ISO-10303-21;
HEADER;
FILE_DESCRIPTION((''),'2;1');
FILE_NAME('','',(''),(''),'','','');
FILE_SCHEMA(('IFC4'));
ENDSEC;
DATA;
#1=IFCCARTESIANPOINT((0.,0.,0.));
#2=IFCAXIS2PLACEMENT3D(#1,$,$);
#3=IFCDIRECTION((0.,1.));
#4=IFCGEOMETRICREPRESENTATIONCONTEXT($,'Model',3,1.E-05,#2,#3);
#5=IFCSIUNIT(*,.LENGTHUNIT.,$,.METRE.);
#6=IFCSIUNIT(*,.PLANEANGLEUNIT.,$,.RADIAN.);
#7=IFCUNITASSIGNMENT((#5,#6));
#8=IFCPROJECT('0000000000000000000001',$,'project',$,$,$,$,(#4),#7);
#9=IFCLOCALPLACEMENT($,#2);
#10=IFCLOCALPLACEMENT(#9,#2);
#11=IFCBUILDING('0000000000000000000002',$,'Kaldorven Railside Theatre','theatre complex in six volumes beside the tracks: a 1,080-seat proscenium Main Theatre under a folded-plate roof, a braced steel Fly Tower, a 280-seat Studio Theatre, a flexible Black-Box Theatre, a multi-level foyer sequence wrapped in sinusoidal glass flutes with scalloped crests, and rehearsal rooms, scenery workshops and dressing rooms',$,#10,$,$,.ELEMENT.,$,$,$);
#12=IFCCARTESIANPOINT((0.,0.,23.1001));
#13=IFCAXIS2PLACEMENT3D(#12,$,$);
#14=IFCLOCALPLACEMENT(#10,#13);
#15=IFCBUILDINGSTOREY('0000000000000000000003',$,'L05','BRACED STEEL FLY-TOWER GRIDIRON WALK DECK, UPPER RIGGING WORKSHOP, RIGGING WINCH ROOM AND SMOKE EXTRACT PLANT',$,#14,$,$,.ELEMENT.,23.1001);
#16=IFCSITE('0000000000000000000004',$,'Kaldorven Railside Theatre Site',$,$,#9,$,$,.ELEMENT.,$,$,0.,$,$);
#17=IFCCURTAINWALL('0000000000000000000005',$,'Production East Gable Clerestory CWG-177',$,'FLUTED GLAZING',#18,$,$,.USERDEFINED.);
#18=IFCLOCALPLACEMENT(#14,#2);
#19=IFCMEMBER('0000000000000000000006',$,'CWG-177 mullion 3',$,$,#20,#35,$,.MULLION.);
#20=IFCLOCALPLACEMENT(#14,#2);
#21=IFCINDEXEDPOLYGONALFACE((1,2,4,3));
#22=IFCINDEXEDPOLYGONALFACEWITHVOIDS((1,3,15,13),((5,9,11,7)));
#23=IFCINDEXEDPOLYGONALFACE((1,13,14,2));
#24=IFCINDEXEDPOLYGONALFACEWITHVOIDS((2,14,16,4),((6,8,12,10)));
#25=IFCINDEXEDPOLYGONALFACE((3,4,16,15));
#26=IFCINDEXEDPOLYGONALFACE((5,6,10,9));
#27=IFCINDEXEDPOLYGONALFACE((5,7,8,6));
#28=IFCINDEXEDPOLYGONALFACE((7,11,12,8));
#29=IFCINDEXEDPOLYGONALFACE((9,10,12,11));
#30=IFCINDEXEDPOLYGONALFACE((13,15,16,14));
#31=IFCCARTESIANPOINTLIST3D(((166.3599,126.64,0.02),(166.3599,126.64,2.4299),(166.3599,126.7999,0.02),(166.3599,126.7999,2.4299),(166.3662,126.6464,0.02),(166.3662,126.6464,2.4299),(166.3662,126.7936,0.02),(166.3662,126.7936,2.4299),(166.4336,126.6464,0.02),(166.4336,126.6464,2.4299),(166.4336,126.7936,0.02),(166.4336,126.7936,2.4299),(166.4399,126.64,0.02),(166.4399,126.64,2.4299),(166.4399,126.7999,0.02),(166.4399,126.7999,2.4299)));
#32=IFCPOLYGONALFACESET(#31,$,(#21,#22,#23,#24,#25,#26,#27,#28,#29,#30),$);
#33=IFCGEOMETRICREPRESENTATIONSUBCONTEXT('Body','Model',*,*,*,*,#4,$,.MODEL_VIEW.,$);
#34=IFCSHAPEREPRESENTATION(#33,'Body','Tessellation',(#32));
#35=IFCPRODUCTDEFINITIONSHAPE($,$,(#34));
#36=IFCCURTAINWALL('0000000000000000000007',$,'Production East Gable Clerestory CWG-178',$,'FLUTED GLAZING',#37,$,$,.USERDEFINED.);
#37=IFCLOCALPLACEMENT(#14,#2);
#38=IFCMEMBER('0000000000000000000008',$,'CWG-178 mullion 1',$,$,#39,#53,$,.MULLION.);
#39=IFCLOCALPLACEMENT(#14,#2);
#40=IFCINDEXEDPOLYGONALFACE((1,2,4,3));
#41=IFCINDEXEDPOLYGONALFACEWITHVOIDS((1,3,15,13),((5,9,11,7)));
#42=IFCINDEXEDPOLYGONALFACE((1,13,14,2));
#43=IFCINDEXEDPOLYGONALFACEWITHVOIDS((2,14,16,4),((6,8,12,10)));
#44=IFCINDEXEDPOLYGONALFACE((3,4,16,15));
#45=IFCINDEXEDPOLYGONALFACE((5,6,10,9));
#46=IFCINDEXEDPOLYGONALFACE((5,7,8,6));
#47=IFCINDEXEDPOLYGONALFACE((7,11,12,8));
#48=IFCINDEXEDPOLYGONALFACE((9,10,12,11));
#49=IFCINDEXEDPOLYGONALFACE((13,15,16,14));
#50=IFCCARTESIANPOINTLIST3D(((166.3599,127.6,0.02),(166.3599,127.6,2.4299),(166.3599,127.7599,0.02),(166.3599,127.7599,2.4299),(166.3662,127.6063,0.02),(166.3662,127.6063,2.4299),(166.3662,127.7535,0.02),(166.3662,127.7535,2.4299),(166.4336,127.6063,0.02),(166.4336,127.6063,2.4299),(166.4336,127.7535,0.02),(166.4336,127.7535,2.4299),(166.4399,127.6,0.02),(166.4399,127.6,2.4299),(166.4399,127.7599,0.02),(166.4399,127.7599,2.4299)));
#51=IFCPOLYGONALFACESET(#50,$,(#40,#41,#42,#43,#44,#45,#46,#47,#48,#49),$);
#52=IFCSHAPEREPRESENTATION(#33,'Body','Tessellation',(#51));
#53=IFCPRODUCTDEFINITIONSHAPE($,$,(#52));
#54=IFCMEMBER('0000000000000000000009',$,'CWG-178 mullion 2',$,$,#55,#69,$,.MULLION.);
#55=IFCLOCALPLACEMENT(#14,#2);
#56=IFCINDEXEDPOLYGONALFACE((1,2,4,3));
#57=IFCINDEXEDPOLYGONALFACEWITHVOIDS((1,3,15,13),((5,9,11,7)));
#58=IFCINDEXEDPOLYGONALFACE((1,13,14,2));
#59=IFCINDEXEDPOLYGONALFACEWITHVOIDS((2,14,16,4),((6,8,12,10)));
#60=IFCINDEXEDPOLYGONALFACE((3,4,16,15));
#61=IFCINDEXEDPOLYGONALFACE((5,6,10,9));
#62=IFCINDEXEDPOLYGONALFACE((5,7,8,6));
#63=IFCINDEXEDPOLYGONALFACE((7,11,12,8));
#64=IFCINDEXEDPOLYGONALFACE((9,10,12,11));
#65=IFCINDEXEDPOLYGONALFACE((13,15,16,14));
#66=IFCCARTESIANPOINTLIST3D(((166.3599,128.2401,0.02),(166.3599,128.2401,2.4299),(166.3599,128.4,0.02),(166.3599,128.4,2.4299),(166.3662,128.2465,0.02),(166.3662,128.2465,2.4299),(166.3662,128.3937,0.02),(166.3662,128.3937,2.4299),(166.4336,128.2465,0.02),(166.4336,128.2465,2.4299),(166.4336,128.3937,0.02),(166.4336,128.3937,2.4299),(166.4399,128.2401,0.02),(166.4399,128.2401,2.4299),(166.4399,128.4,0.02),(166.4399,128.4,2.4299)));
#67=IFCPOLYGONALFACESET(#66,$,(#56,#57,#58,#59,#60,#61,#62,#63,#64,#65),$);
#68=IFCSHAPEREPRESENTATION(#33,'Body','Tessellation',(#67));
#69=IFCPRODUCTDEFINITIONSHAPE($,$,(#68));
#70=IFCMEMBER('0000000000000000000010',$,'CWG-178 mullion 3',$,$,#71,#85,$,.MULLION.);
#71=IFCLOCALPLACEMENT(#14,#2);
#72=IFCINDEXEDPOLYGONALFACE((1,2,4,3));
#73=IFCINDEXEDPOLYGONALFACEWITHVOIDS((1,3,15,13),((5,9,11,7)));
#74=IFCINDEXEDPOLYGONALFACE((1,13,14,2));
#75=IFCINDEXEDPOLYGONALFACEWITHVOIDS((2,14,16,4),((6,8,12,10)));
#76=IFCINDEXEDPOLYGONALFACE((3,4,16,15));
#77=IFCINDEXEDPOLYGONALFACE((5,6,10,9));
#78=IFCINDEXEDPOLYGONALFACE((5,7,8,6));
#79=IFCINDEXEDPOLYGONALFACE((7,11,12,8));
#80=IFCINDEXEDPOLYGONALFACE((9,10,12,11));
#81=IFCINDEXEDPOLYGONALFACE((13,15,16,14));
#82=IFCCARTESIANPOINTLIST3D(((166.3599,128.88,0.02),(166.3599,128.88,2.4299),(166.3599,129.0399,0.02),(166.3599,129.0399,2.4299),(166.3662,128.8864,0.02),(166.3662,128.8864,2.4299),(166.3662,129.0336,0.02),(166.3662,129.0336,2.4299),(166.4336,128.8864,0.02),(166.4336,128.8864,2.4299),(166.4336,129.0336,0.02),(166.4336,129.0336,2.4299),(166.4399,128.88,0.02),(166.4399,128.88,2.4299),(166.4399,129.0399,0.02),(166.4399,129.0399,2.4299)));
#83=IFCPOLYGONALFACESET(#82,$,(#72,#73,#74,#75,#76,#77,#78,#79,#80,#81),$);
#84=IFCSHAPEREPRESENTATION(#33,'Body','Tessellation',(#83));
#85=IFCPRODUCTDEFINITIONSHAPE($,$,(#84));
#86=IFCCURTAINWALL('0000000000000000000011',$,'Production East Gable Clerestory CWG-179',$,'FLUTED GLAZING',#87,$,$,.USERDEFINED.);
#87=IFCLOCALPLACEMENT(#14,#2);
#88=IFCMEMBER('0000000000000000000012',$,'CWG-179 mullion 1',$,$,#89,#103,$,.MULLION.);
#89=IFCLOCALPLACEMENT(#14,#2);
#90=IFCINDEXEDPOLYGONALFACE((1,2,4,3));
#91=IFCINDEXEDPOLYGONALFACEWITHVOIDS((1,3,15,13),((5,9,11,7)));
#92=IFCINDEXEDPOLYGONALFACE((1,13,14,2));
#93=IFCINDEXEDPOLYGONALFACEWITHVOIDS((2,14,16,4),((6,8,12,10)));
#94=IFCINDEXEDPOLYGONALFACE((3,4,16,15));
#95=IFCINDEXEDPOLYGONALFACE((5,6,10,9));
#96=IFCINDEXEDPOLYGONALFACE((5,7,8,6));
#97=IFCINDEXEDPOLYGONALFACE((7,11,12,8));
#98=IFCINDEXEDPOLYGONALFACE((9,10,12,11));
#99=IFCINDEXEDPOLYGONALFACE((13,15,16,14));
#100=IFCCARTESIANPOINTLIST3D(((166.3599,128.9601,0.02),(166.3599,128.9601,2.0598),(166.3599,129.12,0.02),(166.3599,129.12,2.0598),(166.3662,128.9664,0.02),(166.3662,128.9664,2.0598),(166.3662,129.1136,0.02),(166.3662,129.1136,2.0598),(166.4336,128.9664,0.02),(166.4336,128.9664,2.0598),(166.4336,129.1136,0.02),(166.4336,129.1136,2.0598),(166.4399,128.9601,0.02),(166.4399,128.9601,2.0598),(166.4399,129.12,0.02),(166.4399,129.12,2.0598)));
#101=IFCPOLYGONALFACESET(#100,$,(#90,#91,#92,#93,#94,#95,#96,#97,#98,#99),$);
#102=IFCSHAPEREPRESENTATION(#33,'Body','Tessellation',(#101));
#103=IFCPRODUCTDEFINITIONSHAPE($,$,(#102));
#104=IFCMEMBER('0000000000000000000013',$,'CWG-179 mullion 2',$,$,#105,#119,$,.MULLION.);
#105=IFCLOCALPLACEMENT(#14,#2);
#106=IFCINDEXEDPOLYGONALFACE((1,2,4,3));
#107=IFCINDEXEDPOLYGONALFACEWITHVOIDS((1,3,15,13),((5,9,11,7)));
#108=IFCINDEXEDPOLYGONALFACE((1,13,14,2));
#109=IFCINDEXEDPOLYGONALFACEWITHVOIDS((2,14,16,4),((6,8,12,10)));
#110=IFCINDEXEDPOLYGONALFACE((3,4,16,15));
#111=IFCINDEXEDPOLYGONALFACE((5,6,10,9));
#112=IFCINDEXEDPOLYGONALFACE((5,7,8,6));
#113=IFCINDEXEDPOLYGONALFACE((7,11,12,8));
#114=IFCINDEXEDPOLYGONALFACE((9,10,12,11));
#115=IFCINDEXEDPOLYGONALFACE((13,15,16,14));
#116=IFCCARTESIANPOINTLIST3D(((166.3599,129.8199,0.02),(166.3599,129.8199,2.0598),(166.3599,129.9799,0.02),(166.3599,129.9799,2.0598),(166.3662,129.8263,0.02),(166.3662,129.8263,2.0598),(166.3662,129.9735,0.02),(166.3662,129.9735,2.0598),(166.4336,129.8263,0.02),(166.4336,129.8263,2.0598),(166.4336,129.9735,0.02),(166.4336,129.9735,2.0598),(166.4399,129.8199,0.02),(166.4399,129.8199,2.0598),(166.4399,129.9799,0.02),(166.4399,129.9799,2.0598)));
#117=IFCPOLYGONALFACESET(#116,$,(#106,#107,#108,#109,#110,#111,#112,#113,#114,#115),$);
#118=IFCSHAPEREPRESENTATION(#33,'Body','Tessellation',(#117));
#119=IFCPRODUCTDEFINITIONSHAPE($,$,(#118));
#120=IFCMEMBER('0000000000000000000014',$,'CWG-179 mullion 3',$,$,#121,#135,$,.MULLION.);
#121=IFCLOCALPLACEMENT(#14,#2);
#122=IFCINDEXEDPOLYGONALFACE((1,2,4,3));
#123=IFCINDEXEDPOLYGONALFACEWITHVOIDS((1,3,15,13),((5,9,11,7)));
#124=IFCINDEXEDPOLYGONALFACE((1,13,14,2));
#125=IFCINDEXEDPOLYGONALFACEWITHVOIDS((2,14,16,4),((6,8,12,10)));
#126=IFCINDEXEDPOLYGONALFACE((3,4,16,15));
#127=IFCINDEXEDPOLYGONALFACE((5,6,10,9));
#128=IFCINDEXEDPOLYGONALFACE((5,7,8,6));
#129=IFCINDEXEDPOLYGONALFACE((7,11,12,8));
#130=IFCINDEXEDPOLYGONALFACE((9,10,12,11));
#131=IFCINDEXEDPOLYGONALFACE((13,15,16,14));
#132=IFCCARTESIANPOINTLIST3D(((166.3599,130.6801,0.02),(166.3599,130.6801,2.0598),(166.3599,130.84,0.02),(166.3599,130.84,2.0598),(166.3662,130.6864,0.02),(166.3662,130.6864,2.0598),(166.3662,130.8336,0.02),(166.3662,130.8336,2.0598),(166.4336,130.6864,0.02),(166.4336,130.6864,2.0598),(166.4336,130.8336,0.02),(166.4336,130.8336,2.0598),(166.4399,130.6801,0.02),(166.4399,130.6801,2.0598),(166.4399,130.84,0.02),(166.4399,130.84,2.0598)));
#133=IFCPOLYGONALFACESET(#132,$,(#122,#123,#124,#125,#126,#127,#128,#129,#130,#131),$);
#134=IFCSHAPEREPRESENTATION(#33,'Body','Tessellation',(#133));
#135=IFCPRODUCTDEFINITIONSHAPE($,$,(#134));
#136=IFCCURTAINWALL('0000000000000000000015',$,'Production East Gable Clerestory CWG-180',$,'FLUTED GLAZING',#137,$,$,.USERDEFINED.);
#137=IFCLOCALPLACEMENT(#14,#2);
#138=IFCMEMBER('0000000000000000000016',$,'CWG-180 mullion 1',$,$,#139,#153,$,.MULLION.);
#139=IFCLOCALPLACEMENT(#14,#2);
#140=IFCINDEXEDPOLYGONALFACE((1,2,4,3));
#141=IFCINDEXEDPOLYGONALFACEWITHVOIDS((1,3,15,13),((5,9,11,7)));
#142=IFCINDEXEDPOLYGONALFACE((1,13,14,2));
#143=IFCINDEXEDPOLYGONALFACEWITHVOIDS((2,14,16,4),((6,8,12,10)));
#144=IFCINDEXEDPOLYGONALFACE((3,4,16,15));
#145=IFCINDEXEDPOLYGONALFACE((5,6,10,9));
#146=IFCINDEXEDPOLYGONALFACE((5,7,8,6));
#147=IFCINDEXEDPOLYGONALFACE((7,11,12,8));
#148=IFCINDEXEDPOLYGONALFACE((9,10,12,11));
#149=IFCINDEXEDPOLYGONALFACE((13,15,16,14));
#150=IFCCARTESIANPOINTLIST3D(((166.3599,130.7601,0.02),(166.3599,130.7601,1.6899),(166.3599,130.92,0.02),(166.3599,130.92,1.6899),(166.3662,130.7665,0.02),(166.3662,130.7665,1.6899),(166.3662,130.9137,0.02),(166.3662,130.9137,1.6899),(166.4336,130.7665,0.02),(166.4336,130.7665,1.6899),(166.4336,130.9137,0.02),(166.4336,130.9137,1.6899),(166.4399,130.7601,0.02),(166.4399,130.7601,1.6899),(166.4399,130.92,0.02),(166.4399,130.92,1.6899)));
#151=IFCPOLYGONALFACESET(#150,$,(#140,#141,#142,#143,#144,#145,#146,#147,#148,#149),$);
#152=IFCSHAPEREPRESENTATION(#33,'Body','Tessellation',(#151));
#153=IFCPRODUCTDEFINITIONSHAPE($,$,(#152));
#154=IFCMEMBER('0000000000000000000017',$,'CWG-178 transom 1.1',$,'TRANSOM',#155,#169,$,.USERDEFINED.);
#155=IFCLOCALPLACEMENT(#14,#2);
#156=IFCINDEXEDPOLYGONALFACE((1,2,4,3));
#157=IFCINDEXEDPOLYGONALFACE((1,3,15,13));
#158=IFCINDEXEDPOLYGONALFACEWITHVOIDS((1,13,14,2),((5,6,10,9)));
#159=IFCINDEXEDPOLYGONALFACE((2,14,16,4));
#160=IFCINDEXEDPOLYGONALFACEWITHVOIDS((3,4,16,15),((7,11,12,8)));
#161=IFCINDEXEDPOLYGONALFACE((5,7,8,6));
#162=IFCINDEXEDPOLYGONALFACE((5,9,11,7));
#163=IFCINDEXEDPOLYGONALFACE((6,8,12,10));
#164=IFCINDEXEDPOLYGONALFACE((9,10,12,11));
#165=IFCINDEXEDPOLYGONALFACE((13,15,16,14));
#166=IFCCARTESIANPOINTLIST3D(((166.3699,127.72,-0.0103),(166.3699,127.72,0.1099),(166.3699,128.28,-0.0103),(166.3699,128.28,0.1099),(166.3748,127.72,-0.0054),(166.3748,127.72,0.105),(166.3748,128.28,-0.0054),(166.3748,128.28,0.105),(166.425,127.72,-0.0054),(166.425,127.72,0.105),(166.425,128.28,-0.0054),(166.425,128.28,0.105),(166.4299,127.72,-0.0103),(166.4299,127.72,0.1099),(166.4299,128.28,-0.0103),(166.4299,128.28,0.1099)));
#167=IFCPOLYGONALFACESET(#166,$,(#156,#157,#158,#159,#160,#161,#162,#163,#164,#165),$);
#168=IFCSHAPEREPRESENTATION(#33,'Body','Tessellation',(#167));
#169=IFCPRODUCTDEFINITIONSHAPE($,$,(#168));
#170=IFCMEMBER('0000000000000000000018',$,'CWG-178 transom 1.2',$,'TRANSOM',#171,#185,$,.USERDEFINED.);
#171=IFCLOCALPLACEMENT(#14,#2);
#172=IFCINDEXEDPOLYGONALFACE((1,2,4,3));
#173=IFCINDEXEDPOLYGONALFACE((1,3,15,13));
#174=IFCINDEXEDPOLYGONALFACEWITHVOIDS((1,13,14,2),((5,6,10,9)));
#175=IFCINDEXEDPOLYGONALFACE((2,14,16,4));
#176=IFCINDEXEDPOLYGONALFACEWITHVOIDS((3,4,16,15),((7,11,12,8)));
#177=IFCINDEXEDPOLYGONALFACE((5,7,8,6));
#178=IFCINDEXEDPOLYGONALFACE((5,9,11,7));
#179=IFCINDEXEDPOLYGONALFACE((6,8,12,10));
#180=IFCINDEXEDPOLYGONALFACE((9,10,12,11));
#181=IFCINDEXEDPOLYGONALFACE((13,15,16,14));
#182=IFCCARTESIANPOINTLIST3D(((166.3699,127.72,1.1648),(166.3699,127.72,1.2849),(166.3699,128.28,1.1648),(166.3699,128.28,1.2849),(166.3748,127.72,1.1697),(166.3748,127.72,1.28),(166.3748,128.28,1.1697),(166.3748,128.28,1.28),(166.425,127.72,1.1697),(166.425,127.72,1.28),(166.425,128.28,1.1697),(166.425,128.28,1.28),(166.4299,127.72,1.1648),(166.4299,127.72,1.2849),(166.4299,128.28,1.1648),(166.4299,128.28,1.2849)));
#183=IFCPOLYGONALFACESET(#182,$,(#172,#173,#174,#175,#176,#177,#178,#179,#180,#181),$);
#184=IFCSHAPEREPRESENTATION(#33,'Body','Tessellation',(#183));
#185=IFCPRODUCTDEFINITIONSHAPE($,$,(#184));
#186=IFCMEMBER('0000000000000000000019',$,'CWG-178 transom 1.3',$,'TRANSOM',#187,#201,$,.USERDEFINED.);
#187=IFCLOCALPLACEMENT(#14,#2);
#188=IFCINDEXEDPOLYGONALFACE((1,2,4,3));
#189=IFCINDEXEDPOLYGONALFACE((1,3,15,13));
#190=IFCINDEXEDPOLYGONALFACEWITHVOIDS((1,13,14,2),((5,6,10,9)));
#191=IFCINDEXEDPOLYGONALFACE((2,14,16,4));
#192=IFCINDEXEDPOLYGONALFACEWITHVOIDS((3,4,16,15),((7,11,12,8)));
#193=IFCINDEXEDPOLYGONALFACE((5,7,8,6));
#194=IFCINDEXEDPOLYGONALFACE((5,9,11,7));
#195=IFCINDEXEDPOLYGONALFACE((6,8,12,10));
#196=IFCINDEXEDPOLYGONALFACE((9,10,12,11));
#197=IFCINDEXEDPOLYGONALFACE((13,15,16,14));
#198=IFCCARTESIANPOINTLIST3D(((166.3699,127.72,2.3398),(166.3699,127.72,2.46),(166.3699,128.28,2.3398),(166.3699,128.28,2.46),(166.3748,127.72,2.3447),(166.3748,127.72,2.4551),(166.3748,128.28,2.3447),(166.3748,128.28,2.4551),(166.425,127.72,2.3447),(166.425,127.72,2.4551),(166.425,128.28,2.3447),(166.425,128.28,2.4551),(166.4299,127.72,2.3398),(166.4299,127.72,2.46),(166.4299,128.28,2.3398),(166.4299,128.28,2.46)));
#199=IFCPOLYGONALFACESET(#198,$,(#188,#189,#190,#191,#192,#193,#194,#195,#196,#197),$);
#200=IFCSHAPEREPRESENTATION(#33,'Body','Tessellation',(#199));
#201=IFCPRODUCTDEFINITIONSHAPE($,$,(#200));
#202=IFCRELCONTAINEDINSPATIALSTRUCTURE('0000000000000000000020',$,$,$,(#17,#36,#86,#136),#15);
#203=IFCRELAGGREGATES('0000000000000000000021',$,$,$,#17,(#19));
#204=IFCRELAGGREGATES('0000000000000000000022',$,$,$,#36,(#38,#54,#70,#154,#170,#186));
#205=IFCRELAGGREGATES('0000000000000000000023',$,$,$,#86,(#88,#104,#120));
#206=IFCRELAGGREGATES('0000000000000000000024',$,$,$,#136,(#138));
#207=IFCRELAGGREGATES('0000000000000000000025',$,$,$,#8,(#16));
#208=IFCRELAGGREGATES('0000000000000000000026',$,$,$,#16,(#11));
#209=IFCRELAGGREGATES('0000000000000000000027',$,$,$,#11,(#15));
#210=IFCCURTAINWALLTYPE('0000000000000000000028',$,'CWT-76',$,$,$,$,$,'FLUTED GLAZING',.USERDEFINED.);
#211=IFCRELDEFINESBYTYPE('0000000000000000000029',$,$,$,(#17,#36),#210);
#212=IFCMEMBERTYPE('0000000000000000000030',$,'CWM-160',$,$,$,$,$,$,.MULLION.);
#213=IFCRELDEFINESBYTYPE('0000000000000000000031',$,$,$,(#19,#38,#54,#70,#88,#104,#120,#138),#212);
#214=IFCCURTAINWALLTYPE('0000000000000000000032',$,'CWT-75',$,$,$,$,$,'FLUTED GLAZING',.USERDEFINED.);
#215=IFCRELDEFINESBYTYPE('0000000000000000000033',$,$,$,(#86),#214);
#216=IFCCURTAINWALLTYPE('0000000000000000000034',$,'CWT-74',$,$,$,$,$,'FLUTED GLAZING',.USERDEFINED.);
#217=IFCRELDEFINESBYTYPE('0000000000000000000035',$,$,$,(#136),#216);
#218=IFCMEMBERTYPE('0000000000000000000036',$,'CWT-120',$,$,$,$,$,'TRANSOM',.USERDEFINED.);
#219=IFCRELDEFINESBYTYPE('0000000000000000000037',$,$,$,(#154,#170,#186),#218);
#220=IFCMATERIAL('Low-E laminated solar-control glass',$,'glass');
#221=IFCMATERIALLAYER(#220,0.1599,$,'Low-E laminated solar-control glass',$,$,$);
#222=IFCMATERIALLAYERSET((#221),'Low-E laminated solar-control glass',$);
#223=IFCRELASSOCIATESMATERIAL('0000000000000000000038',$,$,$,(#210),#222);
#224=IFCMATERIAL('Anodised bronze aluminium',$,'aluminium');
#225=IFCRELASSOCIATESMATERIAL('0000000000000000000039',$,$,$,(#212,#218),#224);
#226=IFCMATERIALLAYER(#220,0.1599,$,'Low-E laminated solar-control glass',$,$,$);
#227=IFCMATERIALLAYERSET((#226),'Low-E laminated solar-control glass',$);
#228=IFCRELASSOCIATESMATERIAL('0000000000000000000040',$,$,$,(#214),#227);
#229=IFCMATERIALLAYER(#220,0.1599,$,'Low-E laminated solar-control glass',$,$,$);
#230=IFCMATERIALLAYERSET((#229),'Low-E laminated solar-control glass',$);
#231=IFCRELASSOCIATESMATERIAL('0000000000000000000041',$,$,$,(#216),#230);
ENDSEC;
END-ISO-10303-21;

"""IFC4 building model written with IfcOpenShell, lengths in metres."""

from ifc_helpers import new_model, si_unit, direction, frame, origin, origin_2d, place, context, subcontext, project, spatial, hollow_rectangle, extrude, material, layer, layer_set, material_profile, profile_set, type_object, element, aggregate, save


model = new_model("IFC4")

# Units and contexts
model_context = context("Model", 3, precision=1e-05, world=origin(), true_north=direction((0.0, 1.0)))
body_context = subcontext(model_context, "Body", "Model", "MODEL_VIEW")
ifc_project = project(units=[si_unit("LENGTHUNIT", "METRE"), si_unit("PLANEANGLEUNIT", "RADIAN")], contexts=[model_context])

# Site, building, storey
site_placement = place(None, origin())
site = spatial("IfcSite", under=ifc_project, at=site_placement, Name="Kaldorven Railside Theatre Site", CompositionType="ELEMENT", RefElevation=0.0)
building_placement = place(site_placement, origin())
building = spatial("IfcBuilding", under=site, at=building_placement, Name="Kaldorven Railside Theatre", Description="theatre complex in six volumes beside the tracks: a 1,080-seat proscenium Main Theatre under a folded-plate roof, a braced steel Fly Tower, a 280-seat Studio Theatre, a flexible Black-Box Theatre, a multi-level foyer sequence wrapped in sinusoidal glass flutes with scalloped crests, and rehearsal rooms, scenery workshops and dressing rooms", CompositionType="ELEMENT")
storey_placement = place(building_placement, frame((0.0, 0.0, 23.1001)))
storey = spatial("IfcBuildingStorey", under=building, at=storey_placement, Name="L05", Description="BRACED STEEL FLY-TOWER GRIDIRON WALK DECK, UPPER RIGGING WORKSHOP, RIGGING WINCH ROOM AND SMOKE EXTRACT PLANT", CompositionType="ELEMENT", Elevation=23.1001)

# Curtain wall, member
ifc_material_1 = material(Name="Low-E laminated solar-control glass", Category="glass")
ifc_layer_1 = layer(ifc_material_1, 0.1599, Name="Low-E laminated solar-control glass")
ifc_layer_set_1 = layer_set([ifc_layer_1], Name="Low-E laminated solar-control glass")
curtain_wall_type_1 = type_object("IfcCurtainWallType", Name="CWT-76", ElementType="FLUTED GLAZING", PredefinedType="USERDEFINED", material=ifc_layer_set_1)
curtain_wall_1_placement = place(storey_placement, origin())
curtain_wall_1 = element("IfcCurtainWall", 1, at=curtain_wall_1_placement, inside=storey, type_object=curtain_wall_type_1, Name="Production East Gable Clerestory CWG-177", ObjectType="FLUTED GLAZING", PredefinedType="USERDEFINED")
ifc_material_2 = material(Name="Anodised bronze aluminium", Category="aluminium")
ifc_material_profile_1 = material_profile(ifc_material_2, hollow_rectangle(XDim=0.0801, YDim=0.1599, WallThickness=0.0063, at=origin_2d()), Name="RHS 160x80x6.3")
ifc_profile_set_1 = profile_set([ifc_material_profile_1], Name="Anodised bronze aluminium")
member_type_1 = type_object("IfcMemberType", Name="CWM-160", PredefinedType="MULLION", material=ifc_profile_set_1)
member_1_placement = place(storey_placement, frame((166.3999, 126.72, 0.02), z_axis=(0.0, 0.0, 1.0), x_axis=(-1.0, 0.0, 0.0)))
member_1 = element("IfcMember", 2, at=member_1_placement, type_object=member_type_1, Name="CWG-177 mullion 3", PredefinedType="MULLION", context=body_context, shape_type="SweptSolid", body=[
    extrude(hollow_rectangle(XDim=0.0801, YDim=0.1599, WallThickness=0.0063, at=origin_2d()), origin(), (0.0, 0.0, 1.0), 2.4099),
])

# Curtain walls, members
curtain_wall_2_placement = place(storey_placement, origin())
curtain_wall_2 = element("IfcCurtainWall", 3, at=curtain_wall_2_placement, inside=storey, type_object=curtain_wall_type_1, Name="Production East Gable Clerestory CWG-178", ObjectType="FLUTED GLAZING", PredefinedType="USERDEFINED")
member_2_placement = place(storey_placement, frame((166.3999, 127.6799, 0.02), z_axis=(0.0, 0.0, 1.0), x_axis=(-1.0, 0.0, 0.0)))
member_2 = element("IfcMember", 4, at=member_2_placement, type_object=member_type_1, Name="CWG-178 mullion 1", PredefinedType="MULLION", context=body_context, shape_type="SweptSolid", body=[
    extrude(hollow_rectangle(XDim=0.0801, YDim=0.1599, WallThickness=0.0063, at=origin_2d()), origin(), (0.0, 0.0, 1.0), 2.4099),
])
member_3_placement = place(storey_placement, frame((166.3999, 128.3201, 0.02), z_axis=(0.0, 0.0, 1.0), x_axis=(-1.0, 0.0, 0.0)))
member_3 = element("IfcMember", 5, at=member_3_placement, type_object=member_type_1, Name="CWG-178 mullion 2", PredefinedType="MULLION", context=body_context, shape_type="SweptSolid", body=[
    extrude(hollow_rectangle(XDim=0.0801, YDim=0.1599, WallThickness=0.0063, at=origin_2d()), origin(), (0.0, 0.0, 1.0), 2.4099),
])
member_4_placement = place(storey_placement, frame((166.3999, 128.96, 0.02), z_axis=(0.0, 0.0, 1.0), x_axis=(-1.0, 0.0, 0.0)))
member_4 = element("IfcMember", 6, at=member_4_placement, type_object=member_type_1, Name="CWG-178 mullion 3", PredefinedType="MULLION", context=body_context, shape_type="SweptSolid", body=[
    extrude(hollow_rectangle(XDim=0.0801, YDim=0.1599, WallThickness=0.0063, at=origin_2d()), origin(), (0.0, 0.0, 1.0), 2.4099),
])
ifc_layer_2 = layer(ifc_material_1, 0.1599, Name="Low-E laminated solar-control glass")
ifc_layer_set_2 = layer_set([ifc_layer_2], Name="Low-E laminated solar-control glass")
curtain_wall_type_2 = type_object("IfcCurtainWallType", Name="CWT-75", ElementType="FLUTED GLAZING", PredefinedType="USERDEFINED", material=ifc_layer_set_2)
curtain_wall_3_placement = place(storey_placement, origin())
curtain_wall_3 = element("IfcCurtainWall", 7, at=curtain_wall_3_placement, inside=storey, type_object=curtain_wall_type_2, Name="Production East Gable Clerestory CWG-179", ObjectType="FLUTED GLAZING", PredefinedType="USERDEFINED")
member_5_placement = place(storey_placement, frame((166.3999, 129.04, 0.02), z_axis=(0.0, 0.0, 1.0), x_axis=(-1.0, 0.0, 0.0)))
member_5 = element("IfcMember", 8, at=member_5_placement, type_object=member_type_1, Name="CWG-179 mullion 1", PredefinedType="MULLION", context=body_context, shape_type="SweptSolid", body=[
    extrude(hollow_rectangle(XDim=0.0801, YDim=0.1599, WallThickness=0.0063, at=origin_2d()), origin(), (0.0, 0.0, 1.0), 2.0398),
])
member_6_placement = place(storey_placement, frame((166.3999, 129.8999, 0.02), z_axis=(0.0, 0.0, 1.0), x_axis=(-1.0, 0.0, 0.0)))
member_6 = element("IfcMember", 9, at=member_6_placement, type_object=member_type_1, Name="CWG-179 mullion 2", PredefinedType="MULLION", context=body_context, shape_type="SweptSolid", body=[
    extrude(hollow_rectangle(XDim=0.0801, YDim=0.1599, WallThickness=0.0063, at=origin_2d()), origin(), (0.0, 0.0, 1.0), 2.0398),
])
member_7_placement = place(storey_placement, frame((166.3999, 130.76, 0.02), z_axis=(0.0, 0.0, 1.0), x_axis=(-1.0, 0.0, 0.0)))
member_7 = element("IfcMember", 10, at=member_7_placement, type_object=member_type_1, Name="CWG-179 mullion 3", PredefinedType="MULLION", context=body_context, shape_type="SweptSolid", body=[
    extrude(hollow_rectangle(XDim=0.0801, YDim=0.1599, WallThickness=0.0063, at=origin_2d()), origin(), (0.0, 0.0, 1.0), 2.0398),
])

# Curtain wall, member
ifc_layer_3 = layer(ifc_material_1, 0.1599, Name="Low-E laminated solar-control glass")
ifc_layer_set_3 = layer_set([ifc_layer_3], Name="Low-E laminated solar-control glass")
curtain_wall_type_3 = type_object("IfcCurtainWallType", Name="CWT-74", ElementType="FLUTED GLAZING", PredefinedType="USERDEFINED", material=ifc_layer_set_3)
curtain_wall_4_placement = place(storey_placement, origin())
curtain_wall_4 = element("IfcCurtainWall", 11, at=curtain_wall_4_placement, inside=storey, type_object=curtain_wall_type_3, Name="Production East Gable Clerestory CWG-180", ObjectType="FLUTED GLAZING", PredefinedType="USERDEFINED")
member_8_placement = place(storey_placement, frame((166.3999, 130.8401, 0.02), z_axis=(0.0, 0.0, 1.0), x_axis=(-1.0, 0.0, 0.0)))
member_8 = element("IfcMember", 12, at=member_8_placement, type_object=member_type_1, Name="CWG-180 mullion 1", PredefinedType="MULLION", context=body_context, shape_type="SweptSolid", body=[
    extrude(hollow_rectangle(XDim=0.0801, YDim=0.1599, WallThickness=0.0063, at=origin_2d()), origin(), (0.0, 0.0, 1.0), 1.6699),
])

# Members
ifc_material_profile_2 = material_profile(ifc_material_2, hollow_rectangle(XDim=0.0601, YDim=0.1201, WallThickness=0.0049, at=origin_2d()), Name="RHS 120x60x5")
ifc_profile_set_2 = profile_set([ifc_material_profile_2], Name="Anodised bronze aluminium")
member_type_2 = type_object("IfcMemberType", Name="CWT-120", ElementType="TRANSOM", PredefinedType="USERDEFINED", material=ifc_profile_set_2)
member_9_placement = place(storey_placement, frame((166.3999, 127.72, 0.0498), z_axis=(0.0, 1.0, 0.0), x_axis=(-1.0, 0.0, 0.0)))
member_9 = element("IfcMember", 13, at=member_9_placement, type_object=member_type_2, Name="CWG-178 transom 1.1", ObjectType="TRANSOM", PredefinedType="USERDEFINED", context=body_context, shape_type="SweptSolid", body=[
    extrude(hollow_rectangle(XDim=0.0601, YDim=0.1201, WallThickness=0.0049, at=origin_2d()), origin(), (0.0, 0.0, 1.0), 0.5601),
])
member_10_placement = place(storey_placement, frame((166.3999, 127.72, 1.2249), z_axis=(0.0, 1.0, 0.0), x_axis=(-1.0, 0.0, 0.0)))
member_10 = element("IfcMember", 14, at=member_10_placement, type_object=member_type_2, Name="CWG-178 transom 1.2", ObjectType="TRANSOM", PredefinedType="USERDEFINED", context=body_context, shape_type="SweptSolid", body=[
    extrude(hollow_rectangle(XDim=0.0601, YDim=0.1201, WallThickness=0.0049, at=origin_2d()), origin(), (0.0, 0.0, 1.0), 0.5601),
])
member_11_placement = place(storey_placement, frame((166.3999, 127.72, 2.3999), z_axis=(0.0, 1.0, 0.0), x_axis=(-1.0, 0.0, 0.0)))
member_11 = element("IfcMember", 15, at=member_11_placement, type_object=member_type_2, Name="CWG-178 transom 1.3", ObjectType="TRANSOM", PredefinedType="USERDEFINED", context=body_context, shape_type="SweptSolid", body=[
    extrude(hollow_rectangle(XDim=0.0601, YDim=0.1201, WallThickness=0.0049, at=origin_2d()), origin(), (0.0, 0.0, 1.0), 0.5601),
])

aggregate(curtain_wall_1, [member_1])
aggregate(curtain_wall_2, [member_2, member_3, member_4, member_9, member_10, member_11])
aggregate(curtain_wall_3, [member_5, member_6, member_7])
aggregate(curtain_wall_4, [member_8])

save(model, "model.ifc")
